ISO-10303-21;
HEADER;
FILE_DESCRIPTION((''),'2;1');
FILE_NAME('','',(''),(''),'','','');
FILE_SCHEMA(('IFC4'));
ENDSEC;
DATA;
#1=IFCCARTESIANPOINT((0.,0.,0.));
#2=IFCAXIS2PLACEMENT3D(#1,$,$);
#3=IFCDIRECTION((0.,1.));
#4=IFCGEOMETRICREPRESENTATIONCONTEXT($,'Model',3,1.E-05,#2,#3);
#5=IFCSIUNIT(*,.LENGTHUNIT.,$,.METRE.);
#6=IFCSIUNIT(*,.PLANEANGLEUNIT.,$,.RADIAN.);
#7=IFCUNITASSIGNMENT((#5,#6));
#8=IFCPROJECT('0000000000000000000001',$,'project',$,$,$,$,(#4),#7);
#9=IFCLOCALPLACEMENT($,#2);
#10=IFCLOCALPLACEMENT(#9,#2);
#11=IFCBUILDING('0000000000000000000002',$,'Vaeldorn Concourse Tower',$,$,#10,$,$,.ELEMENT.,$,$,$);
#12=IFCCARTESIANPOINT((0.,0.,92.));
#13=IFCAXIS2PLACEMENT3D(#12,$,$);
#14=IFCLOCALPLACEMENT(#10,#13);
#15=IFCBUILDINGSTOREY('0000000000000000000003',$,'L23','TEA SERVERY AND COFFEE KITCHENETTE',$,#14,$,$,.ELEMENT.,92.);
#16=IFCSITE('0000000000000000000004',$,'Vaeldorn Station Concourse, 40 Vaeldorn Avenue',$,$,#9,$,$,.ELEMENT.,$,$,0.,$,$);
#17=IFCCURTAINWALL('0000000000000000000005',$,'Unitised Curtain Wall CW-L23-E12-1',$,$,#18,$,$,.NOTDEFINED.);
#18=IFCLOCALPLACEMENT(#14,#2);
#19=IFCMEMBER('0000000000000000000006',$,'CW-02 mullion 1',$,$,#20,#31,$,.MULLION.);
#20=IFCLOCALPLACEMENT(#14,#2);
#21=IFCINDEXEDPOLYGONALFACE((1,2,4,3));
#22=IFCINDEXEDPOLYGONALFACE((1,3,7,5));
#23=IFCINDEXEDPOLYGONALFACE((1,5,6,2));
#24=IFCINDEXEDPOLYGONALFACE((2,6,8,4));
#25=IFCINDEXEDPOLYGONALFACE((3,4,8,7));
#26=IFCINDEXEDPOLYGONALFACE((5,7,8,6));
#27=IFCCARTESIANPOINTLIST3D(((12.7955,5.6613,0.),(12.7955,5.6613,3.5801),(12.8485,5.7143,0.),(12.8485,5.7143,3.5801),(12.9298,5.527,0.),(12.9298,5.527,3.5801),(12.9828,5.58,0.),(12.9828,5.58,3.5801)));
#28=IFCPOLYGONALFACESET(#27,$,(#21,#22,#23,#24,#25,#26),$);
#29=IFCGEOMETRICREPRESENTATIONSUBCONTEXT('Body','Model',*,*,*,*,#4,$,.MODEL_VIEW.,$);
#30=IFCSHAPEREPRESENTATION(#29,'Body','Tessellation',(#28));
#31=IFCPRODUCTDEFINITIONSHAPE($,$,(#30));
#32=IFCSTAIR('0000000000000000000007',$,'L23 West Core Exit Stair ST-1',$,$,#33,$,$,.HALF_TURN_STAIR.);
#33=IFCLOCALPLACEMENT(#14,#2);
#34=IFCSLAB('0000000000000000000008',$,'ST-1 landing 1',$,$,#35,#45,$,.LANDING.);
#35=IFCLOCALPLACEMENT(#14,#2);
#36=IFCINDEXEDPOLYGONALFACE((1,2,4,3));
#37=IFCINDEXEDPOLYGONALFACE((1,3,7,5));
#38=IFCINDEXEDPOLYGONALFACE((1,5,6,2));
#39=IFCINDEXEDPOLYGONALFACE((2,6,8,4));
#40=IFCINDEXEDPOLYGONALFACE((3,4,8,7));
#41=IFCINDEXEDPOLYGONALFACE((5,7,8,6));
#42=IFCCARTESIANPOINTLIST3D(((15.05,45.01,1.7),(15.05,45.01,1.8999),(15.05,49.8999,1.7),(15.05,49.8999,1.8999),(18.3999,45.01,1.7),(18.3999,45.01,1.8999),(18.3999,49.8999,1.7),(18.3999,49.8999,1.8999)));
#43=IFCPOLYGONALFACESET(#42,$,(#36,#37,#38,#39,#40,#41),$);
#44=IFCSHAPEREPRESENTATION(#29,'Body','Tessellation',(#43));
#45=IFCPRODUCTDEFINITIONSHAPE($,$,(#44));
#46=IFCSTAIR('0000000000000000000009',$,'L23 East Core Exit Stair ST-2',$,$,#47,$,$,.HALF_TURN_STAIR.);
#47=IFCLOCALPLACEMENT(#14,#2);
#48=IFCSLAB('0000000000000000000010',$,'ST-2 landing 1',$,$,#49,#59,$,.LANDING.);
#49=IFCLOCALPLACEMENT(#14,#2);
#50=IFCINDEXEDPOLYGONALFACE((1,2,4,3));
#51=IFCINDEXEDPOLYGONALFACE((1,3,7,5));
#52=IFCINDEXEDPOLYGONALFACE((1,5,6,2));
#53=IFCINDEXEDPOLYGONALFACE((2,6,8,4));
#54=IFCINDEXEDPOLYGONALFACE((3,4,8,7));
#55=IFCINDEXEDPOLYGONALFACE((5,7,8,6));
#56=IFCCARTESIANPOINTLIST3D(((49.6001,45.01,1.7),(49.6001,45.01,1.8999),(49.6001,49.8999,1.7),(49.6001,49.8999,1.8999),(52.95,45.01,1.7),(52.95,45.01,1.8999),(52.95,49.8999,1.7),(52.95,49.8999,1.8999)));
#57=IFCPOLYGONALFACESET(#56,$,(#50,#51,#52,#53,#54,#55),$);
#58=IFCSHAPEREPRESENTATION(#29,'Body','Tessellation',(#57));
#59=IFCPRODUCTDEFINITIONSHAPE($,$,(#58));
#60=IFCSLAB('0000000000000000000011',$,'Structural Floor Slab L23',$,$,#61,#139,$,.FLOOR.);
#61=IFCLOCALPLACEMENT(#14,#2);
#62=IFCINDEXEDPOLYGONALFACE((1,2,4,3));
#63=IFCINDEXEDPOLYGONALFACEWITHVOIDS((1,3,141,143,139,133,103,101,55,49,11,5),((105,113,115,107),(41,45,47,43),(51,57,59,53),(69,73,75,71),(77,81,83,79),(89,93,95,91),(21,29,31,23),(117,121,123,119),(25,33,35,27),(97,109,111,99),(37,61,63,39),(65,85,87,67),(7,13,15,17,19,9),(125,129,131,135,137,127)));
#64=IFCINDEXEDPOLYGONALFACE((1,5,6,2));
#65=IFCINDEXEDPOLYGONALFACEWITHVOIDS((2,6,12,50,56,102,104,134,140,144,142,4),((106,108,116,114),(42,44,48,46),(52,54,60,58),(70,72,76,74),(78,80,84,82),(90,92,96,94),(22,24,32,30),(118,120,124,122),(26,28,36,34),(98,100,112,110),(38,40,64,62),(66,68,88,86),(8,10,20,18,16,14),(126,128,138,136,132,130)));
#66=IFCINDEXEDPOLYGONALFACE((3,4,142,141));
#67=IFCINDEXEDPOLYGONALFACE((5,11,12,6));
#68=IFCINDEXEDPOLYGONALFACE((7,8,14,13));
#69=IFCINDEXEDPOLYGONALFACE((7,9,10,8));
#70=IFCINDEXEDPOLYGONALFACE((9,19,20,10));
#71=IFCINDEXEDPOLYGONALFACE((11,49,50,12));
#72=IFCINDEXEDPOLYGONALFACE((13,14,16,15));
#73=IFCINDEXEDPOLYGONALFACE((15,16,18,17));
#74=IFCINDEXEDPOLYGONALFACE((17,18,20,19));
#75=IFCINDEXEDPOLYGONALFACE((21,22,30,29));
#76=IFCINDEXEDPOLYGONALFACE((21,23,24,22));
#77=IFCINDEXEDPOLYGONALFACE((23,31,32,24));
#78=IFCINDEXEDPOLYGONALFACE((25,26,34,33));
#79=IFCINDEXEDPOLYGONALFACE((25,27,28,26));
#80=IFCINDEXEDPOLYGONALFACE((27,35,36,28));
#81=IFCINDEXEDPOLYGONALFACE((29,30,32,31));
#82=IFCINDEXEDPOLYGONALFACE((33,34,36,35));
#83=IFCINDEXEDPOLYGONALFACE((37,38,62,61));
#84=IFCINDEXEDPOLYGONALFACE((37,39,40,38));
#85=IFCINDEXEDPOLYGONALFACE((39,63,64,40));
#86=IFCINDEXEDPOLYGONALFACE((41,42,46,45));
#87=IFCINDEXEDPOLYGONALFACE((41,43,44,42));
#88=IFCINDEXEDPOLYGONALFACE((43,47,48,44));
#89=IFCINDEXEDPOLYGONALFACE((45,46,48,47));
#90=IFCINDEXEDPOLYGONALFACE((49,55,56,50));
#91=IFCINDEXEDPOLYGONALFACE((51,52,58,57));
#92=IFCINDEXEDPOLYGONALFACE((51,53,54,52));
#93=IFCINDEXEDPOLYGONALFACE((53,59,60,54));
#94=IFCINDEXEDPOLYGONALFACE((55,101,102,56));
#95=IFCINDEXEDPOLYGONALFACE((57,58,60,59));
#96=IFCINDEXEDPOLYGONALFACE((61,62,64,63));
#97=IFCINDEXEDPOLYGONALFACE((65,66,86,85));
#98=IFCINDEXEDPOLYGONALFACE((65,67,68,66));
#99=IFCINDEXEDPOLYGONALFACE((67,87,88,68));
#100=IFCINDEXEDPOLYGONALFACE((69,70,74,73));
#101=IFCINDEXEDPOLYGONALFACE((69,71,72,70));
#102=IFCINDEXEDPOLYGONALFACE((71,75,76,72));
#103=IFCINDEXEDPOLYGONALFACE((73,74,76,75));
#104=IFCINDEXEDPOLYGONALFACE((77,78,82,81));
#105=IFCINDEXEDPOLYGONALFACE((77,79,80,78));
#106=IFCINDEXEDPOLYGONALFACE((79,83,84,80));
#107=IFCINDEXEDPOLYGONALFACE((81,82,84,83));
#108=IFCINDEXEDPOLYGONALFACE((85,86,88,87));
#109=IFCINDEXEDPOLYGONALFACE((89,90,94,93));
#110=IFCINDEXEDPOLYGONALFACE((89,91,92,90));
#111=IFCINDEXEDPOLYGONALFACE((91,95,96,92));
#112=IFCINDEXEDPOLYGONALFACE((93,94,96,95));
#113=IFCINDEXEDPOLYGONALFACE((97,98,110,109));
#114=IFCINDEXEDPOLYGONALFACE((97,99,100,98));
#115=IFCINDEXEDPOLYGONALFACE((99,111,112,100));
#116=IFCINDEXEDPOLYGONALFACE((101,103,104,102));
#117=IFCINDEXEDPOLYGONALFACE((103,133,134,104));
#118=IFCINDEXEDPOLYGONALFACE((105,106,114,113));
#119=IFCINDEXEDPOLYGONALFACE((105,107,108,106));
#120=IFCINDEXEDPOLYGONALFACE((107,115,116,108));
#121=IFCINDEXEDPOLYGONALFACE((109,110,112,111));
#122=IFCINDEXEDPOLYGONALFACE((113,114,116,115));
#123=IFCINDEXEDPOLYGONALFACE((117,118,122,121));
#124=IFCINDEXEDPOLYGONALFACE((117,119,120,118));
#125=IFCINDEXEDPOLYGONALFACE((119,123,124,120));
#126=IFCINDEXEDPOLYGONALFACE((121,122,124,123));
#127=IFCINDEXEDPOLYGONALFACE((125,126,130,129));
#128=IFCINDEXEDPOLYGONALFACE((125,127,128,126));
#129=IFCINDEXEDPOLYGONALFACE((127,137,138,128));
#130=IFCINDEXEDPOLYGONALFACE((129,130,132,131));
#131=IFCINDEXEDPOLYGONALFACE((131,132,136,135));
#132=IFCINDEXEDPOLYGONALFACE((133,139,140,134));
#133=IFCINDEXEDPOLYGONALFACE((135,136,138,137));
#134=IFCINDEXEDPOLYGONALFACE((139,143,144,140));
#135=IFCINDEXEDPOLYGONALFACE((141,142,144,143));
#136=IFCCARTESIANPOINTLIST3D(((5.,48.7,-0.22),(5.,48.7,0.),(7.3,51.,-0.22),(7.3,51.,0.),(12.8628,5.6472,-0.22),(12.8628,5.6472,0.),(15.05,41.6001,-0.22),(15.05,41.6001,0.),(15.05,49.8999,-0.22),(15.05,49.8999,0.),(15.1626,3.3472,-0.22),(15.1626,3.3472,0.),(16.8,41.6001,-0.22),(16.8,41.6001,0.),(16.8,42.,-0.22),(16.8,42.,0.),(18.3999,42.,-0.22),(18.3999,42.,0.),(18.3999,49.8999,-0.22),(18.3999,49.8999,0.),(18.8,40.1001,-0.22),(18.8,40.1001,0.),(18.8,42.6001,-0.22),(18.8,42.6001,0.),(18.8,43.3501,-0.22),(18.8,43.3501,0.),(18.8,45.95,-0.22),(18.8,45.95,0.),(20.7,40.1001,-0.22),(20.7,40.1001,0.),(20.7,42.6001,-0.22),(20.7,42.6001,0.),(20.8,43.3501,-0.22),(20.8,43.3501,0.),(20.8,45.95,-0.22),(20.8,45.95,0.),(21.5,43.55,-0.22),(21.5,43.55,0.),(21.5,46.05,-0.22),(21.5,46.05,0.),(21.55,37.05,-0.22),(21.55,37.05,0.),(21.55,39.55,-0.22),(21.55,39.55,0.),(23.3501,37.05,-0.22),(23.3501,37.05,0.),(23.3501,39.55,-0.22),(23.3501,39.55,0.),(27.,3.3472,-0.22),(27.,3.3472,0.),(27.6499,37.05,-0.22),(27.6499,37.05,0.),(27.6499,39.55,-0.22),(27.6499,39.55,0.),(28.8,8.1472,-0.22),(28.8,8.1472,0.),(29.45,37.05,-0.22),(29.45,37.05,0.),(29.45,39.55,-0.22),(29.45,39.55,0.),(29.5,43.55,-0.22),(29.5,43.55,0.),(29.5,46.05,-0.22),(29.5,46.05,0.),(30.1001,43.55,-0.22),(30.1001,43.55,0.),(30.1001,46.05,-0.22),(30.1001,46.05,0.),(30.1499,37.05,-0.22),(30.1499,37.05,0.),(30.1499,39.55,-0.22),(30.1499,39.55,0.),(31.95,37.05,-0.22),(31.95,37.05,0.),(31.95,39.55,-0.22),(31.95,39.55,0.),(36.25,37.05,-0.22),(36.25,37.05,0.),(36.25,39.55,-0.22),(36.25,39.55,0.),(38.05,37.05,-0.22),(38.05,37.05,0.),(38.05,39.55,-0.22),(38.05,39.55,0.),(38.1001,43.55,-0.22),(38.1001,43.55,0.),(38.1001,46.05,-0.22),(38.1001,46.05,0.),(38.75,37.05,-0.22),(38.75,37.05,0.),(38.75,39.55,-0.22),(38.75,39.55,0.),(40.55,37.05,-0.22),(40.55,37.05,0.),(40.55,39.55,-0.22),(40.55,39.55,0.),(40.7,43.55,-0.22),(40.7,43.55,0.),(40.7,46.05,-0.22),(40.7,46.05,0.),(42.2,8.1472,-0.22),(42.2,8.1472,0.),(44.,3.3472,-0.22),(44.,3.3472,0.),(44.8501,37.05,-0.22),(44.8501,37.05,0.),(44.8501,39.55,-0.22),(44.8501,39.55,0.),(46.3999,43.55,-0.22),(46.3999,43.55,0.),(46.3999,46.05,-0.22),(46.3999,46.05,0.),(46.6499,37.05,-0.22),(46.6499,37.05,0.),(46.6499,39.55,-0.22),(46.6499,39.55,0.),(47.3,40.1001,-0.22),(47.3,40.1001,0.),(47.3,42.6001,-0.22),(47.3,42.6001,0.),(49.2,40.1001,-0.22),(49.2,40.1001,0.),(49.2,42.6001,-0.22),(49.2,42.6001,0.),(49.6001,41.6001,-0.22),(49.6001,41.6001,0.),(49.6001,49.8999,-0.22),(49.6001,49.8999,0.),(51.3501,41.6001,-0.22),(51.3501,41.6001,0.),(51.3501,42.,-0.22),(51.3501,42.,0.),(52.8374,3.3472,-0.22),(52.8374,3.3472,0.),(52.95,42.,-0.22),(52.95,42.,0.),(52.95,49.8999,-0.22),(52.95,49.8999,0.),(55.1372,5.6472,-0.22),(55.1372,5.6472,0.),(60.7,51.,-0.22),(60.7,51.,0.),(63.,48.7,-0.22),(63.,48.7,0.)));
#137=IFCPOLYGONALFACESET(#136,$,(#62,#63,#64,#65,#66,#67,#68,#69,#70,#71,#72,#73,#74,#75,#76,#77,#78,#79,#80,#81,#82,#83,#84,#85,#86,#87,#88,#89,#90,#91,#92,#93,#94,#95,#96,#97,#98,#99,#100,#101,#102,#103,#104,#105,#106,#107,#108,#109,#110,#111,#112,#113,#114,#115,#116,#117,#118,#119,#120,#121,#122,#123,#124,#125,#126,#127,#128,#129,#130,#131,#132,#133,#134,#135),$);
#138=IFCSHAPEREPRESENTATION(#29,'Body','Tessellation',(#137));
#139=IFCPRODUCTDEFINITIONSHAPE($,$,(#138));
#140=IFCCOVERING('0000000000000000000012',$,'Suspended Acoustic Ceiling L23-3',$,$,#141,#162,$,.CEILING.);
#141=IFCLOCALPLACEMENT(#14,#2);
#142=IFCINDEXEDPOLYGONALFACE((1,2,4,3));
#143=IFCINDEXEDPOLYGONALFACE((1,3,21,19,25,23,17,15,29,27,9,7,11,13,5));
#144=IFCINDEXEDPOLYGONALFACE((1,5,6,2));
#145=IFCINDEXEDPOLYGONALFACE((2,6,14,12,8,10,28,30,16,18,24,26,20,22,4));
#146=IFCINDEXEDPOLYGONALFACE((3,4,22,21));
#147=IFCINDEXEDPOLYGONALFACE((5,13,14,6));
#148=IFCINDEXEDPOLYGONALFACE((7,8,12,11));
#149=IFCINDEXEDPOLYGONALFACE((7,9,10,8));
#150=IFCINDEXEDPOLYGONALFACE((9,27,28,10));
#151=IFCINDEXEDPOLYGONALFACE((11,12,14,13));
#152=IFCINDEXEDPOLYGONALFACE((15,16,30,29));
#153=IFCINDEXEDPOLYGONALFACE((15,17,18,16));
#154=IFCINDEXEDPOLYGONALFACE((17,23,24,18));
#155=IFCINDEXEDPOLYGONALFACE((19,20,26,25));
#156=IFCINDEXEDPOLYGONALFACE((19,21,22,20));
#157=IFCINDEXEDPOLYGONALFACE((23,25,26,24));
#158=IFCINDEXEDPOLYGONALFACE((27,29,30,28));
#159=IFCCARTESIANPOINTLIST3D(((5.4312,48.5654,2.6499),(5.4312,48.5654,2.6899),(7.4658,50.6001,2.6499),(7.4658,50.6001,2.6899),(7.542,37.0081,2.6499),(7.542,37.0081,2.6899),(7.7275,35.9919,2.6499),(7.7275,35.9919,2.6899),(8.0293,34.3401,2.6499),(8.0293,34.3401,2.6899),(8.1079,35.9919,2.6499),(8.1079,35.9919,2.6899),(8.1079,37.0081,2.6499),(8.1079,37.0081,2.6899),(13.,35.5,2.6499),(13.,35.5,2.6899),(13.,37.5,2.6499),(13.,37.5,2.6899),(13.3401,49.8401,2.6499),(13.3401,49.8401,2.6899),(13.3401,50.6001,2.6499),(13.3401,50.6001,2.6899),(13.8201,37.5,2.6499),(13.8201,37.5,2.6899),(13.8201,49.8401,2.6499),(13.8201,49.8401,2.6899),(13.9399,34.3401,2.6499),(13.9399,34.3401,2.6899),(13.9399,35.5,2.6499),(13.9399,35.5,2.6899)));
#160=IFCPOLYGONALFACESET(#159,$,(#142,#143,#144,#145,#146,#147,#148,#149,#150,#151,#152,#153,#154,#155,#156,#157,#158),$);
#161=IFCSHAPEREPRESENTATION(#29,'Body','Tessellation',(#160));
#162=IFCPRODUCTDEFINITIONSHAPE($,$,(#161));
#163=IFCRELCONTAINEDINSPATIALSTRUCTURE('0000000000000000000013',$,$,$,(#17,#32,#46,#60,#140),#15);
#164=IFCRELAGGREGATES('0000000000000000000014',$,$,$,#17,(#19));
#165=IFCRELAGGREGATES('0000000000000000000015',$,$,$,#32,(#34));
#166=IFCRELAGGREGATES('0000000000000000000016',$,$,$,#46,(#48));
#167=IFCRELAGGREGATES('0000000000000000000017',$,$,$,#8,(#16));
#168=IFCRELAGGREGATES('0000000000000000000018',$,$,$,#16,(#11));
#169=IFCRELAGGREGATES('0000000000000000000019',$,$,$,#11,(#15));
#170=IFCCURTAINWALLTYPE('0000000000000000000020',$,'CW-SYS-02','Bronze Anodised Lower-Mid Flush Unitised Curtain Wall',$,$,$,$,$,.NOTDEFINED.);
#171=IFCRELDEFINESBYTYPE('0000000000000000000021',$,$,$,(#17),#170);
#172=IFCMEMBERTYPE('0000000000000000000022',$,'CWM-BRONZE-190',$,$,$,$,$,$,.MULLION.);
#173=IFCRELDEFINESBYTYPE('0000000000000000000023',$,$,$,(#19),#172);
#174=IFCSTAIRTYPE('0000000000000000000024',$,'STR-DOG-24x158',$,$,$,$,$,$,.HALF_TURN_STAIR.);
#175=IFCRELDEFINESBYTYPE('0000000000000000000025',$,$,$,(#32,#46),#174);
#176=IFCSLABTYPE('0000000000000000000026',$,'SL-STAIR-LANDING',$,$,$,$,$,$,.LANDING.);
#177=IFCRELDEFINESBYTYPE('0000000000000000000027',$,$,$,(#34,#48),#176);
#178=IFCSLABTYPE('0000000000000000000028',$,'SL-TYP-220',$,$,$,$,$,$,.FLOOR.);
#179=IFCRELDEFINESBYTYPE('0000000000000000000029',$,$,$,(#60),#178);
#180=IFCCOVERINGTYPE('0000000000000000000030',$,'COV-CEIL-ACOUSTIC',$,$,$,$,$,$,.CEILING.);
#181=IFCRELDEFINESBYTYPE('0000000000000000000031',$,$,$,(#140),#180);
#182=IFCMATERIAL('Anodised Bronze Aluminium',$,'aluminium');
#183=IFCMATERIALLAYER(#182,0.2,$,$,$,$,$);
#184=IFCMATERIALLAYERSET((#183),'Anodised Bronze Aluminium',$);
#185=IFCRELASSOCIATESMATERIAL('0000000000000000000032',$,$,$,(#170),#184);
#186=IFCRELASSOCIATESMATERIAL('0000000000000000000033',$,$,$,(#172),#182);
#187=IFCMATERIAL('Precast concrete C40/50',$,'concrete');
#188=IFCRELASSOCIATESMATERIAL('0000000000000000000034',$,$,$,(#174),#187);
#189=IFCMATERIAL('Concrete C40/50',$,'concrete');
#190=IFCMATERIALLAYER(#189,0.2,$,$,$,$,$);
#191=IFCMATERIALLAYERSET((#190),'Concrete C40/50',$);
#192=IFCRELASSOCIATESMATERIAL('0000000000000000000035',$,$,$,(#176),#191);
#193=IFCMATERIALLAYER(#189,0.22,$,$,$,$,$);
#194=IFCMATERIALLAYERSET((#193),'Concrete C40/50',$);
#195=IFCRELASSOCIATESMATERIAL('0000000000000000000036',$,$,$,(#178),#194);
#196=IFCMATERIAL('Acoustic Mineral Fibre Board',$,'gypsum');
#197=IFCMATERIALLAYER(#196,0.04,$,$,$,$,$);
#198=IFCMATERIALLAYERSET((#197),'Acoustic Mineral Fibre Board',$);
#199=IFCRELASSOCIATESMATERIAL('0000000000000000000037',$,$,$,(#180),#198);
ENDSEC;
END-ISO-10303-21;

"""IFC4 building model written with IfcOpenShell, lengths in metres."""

from ifc_helpers import new_model, si_unit, direction, frame, origin, origin_2d, place, context, subcontext, project, spatial, polyline, rectangle, outline, extrude, source, transform, mapped, material, layer, layer_set, material_profile, profile_set, type_object, element, aggregate, save


model = new_model("IFC4")

# Units and contexts
model_context = context("Model", 3, precision=1e-05, world=origin(), true_north=direction((0.0, 1.0)))
body_context = subcontext(model_context, "Body", "Model", "MODEL_VIEW")
ifc_project = project(units=[si_unit("LENGTHUNIT", "METRE"), si_unit("PLANEANGLEUNIT", "RADIAN")], contexts=[model_context])

# Site, building, storey
site_placement = place(None, origin())
site = spatial("IfcSite", under=ifc_project, at=site_placement, Name="Vaeldorn Station Concourse, 40 Vaeldorn Avenue", CompositionType="ELEMENT", RefElevation=0.0)
building_placement = place(site_placement, origin())
building = spatial("IfcBuilding", under=site, at=building_placement, Name="Vaeldorn Concourse Tower", CompositionType="ELEMENT")
storey_placement = place(building_placement, frame((0.0, 0.0, 92.0)))
storey = spatial("IfcBuildingStorey", under=building, at=storey_placement, Name="L23", Description="TEA SERVERY AND COFFEE KITCHENETTE", CompositionType="ELEMENT", Elevation=92.0)

# Curtain wall, member
ifc_material_1 = material(Name="Anodised Bronze Aluminium", Category="aluminium")
ifc_layer_1 = layer(ifc_material_1, 0.2)
ifc_layer_set_1 = layer_set([ifc_layer_1], Name="Anodised Bronze Aluminium")
curtain_wall_type = type_object("IfcCurtainWallType", Name="CW-SYS-02", Description="Bronze Anodised Lower-Mid Flush Unitised Curtain Wall", PredefinedType="NOTDEFINED", material=ifc_layer_set_1)
curtain_wall_placement = place(storey_placement, origin())
curtain_wall = element("IfcCurtainWall", 1, at=curtain_wall_placement, inside=storey, type_object=curtain_wall_type, Name="Unitised Curtain Wall CW-L23-E12-1", PredefinedType="NOTDEFINED")
ifc_material_profile = material_profile(ifc_material_1, rectangle(XDim=0.075, YDim=0.1899, at=origin_2d()), Name="CWM 75x190")
ifc_profile_set = profile_set([ifc_material_profile], Name="Anodised Bronze Aluminium")
member_type = type_object("IfcMemberType", Name="CWM-BRONZE-190", PredefinedType="MULLION", material=ifc_profile_set)
shared_shape = source(origin(), body_context, "Body", "SweptSolid", [
    extrude(rectangle(XDim=0.075, YDim=0.1899, at=origin_2d()), origin(), (0.0, 0.0, 1.0), 3.5801),
])
member_placement = place(storey_placement, frame((12.8892, 5.6206, 0.0), z_axis=(0.0, 0.0, 1.0), x_axis=(0.707107, 0.707107, 0.0)))
member = element("IfcMember", 2, at=member_placement, type_object=member_type, Name="CW-02 mullion 1", PredefinedType="MULLION", context=body_context, shape_type="MappedRepresentation", body=[
    mapped(shared_shape, transform((0.0, 0.0, 0.0), scale=1.0)),
])
aggregate(curtain_wall, [member])

# Stairs, slabs
ifc_material_2 = material(Name="Precast concrete C40/50", Category="concrete")
stair_type = type_object("IfcStairType", Name="STR-DOG-24x158", PredefinedType="HALF_TURN_STAIR", material=ifc_material_2)
stair_1_placement = place(storey_placement, origin())
stair_1 = element("IfcStair", 3, at=stair_1_placement, inside=storey, type_object=stair_type, Name="L23 West Core Exit Stair ST-1", PredefinedType="HALF_TURN_STAIR")
ifc_material_3 = material(Name="Concrete C40/50", Category="concrete")
ifc_layer_2 = layer(ifc_material_3, 0.2)
ifc_layer_set_2 = layer_set([ifc_layer_2], Name="Concrete C40/50")
slab_type_1 = type_object("IfcSlabType", Name="SL-STAIR-LANDING", PredefinedType="LANDING", material=ifc_layer_set_2)
slab_1_placement = place(storey_placement, frame((0.0, 0.0, 1.7)))
slab_1 = element("IfcSlab", 4, at=slab_1_placement, type_object=slab_type_1, Name="ST-1 landing 1", PredefinedType="LANDING", context=body_context, shape_type="SweptSolid", body=[
    extrude(outline(polyline([(18.3999, 45.01), (18.3999, 49.8999), (15.05, 49.8999), (15.05, 45.01), (18.3999, 45.01)])), origin(), (0.0, 0.0, 1.0), 0.2),
])
aggregate(stair_1, [slab_1])
stair_2_placement = place(storey_placement, origin())
stair_2 = element("IfcStair", 5, at=stair_2_placement, inside=storey, type_object=stair_type, Name="L23 East Core Exit Stair ST-2", PredefinedType="HALF_TURN_STAIR")
slab_2_placement = place(storey_placement, frame((0.0, 0.0, 1.7)))
slab_2 = element("IfcSlab", 6, at=slab_2_placement, type_object=slab_type_1, Name="ST-2 landing 1", PredefinedType="LANDING", context=body_context, shape_type="SweptSolid", body=[
    extrude(outline(polyline([(52.95, 45.01), (52.95, 49.8999), (49.6001, 49.8999), (49.6001, 45.01), (52.95, 45.01)])), origin(), (0.0, 0.0, 1.0), 0.2),
])
aggregate(stair_2, [slab_2])

# Slab
ifc_layer_3 = layer(ifc_material_3, 0.22)
ifc_layer_set_3 = layer_set([ifc_layer_3], Name="Concrete C40/50")
slab_type_2 = type_object("IfcSlabType", Name="SL-TYP-220", PredefinedType="FLOOR", material=ifc_layer_set_3)
slab_3_placement = place(storey_placement, frame((0.0, 0.0, -0.22)))
element("IfcSlab", 7, at=slab_3_placement, inside=storey, type_object=slab_type_2, Name="Structural Floor Slab L23", PredefinedType="FLOOR", context=body_context, shape_type="SweptSolid", body=[
    extrude(outline(polyline([(15.1626, 3.3472), (27.0, 3.3472), (28.8, 8.1472), (42.2, 8.1472), (44.0, 3.3472), (52.8374, 3.3472), (55.1372, 5.6472), (63.0, 48.7), (60.7, 51.0), (7.3, 51.0), (5.0, 48.7), (12.8628, 5.6472), (15.1626, 3.3472)]), holes=[polyline([(18.3999, 42.0), (18.3999, 49.8999), (15.05, 49.8999), (15.05, 41.6001), (16.8, 41.6001), (16.8, 42.0), (18.3999, 42.0)]), polyline([(52.95, 42.0), (52.95, 49.8999), (49.6001, 49.8999), (49.6001, 41.6001), (51.3501, 41.6001), (51.3501, 42.0), (52.95, 42.0)]), polyline([(21.55, 37.05), (23.3501, 37.05), (23.3501, 39.55), (21.55, 39.55), (21.55, 37.05)]), polyline([(27.6499, 37.05), (29.45, 37.05), (29.45, 39.55), (27.6499, 39.55), (27.6499, 37.05)]), polyline([(21.5, 43.55), (29.5, 43.55), (29.5, 46.05), (21.5, 46.05), (21.5, 43.55)]), polyline([(30.1499, 37.05), (31.95, 37.05), (31.95, 39.55), (30.1499, 39.55), (30.1499, 37.05)]), polyline([(36.25, 37.05), (38.05, 37.05), (38.05, 39.55), (36.25, 39.55), (36.25, 37.05)]), polyline([(30.1001, 43.55), (38.1001, 43.55), (38.1001, 46.05), (30.1001, 46.05), (30.1001, 43.55)]), polyline([(38.75, 37.05), (40.55, 37.05), (40.55, 39.55), (38.75, 39.55), (38.75, 37.05)]), polyline([(44.8501, 37.05), (46.6499, 37.05), (46.6499, 39.55), (44.8501, 39.55), (44.8501, 37.05)]), polyline([(40.7, 43.55), (46.3999, 43.55), (46.3999, 46.05), (40.7, 46.05), (40.7, 43.55)]), polyline([(18.8, 43.3501), (20.8, 43.3501), (20.8, 45.95), (18.8, 45.95), (18.8, 43.3501)]), polyline([(18.8, 40.1001), (20.7, 40.1001), (20.7, 42.6001), (18.8, 42.6001), (18.8, 40.1001)]), polyline([(47.3, 40.1001), (49.2, 40.1001), (49.2, 42.6001), (47.3, 42.6001), (47.3, 40.1001)])]), origin(), (0.0, 0.0, 1.0), 0.22),
])

# Covering
ifc_material_4 = material(Name="Acoustic Mineral Fibre Board", Category="gypsum")
ifc_layer_4 = layer(ifc_material_4, 0.04)
ifc_layer_set_4 = layer_set([ifc_layer_4], Name="Acoustic Mineral Fibre Board")
covering_type_1 = type_object("IfcCoveringType", Name="COV-CEIL-ACOUSTIC", PredefinedType="CEILING", material=ifc_layer_set_4)
covering_1_placement = place(storey_placement, frame((0.0, 0.0, 2.6499)))
element("IfcCovering", 8, at=covering_1_placement, inside=storey, type_object=covering_type_1, Name="Suspended Acoustic Ceiling L23-3", PredefinedType="CEILING", context=body_context, shape_type="SweptSolid", body=[
    extrude(outline(polyline([(7.4658, 50.6001), (13.3401, 50.6001), (13.3401, 49.8401), (13.8201, 49.8401), (13.8201, 37.5), (13.0, 37.5), (13.0, 35.5), (13.9399, 35.5), (13.9399, 34.3401), (8.0293, 34.3401), (7.7275, 35.9919), (8.1079, 35.9919), (8.1079, 37.0081), (7.542, 37.0081), (5.4312, 48.5654), (7.4658, 50.6001)])), origin(), (0.0, 0.0, 1.0), 0.04),
])

save(model, "model.ifc")
